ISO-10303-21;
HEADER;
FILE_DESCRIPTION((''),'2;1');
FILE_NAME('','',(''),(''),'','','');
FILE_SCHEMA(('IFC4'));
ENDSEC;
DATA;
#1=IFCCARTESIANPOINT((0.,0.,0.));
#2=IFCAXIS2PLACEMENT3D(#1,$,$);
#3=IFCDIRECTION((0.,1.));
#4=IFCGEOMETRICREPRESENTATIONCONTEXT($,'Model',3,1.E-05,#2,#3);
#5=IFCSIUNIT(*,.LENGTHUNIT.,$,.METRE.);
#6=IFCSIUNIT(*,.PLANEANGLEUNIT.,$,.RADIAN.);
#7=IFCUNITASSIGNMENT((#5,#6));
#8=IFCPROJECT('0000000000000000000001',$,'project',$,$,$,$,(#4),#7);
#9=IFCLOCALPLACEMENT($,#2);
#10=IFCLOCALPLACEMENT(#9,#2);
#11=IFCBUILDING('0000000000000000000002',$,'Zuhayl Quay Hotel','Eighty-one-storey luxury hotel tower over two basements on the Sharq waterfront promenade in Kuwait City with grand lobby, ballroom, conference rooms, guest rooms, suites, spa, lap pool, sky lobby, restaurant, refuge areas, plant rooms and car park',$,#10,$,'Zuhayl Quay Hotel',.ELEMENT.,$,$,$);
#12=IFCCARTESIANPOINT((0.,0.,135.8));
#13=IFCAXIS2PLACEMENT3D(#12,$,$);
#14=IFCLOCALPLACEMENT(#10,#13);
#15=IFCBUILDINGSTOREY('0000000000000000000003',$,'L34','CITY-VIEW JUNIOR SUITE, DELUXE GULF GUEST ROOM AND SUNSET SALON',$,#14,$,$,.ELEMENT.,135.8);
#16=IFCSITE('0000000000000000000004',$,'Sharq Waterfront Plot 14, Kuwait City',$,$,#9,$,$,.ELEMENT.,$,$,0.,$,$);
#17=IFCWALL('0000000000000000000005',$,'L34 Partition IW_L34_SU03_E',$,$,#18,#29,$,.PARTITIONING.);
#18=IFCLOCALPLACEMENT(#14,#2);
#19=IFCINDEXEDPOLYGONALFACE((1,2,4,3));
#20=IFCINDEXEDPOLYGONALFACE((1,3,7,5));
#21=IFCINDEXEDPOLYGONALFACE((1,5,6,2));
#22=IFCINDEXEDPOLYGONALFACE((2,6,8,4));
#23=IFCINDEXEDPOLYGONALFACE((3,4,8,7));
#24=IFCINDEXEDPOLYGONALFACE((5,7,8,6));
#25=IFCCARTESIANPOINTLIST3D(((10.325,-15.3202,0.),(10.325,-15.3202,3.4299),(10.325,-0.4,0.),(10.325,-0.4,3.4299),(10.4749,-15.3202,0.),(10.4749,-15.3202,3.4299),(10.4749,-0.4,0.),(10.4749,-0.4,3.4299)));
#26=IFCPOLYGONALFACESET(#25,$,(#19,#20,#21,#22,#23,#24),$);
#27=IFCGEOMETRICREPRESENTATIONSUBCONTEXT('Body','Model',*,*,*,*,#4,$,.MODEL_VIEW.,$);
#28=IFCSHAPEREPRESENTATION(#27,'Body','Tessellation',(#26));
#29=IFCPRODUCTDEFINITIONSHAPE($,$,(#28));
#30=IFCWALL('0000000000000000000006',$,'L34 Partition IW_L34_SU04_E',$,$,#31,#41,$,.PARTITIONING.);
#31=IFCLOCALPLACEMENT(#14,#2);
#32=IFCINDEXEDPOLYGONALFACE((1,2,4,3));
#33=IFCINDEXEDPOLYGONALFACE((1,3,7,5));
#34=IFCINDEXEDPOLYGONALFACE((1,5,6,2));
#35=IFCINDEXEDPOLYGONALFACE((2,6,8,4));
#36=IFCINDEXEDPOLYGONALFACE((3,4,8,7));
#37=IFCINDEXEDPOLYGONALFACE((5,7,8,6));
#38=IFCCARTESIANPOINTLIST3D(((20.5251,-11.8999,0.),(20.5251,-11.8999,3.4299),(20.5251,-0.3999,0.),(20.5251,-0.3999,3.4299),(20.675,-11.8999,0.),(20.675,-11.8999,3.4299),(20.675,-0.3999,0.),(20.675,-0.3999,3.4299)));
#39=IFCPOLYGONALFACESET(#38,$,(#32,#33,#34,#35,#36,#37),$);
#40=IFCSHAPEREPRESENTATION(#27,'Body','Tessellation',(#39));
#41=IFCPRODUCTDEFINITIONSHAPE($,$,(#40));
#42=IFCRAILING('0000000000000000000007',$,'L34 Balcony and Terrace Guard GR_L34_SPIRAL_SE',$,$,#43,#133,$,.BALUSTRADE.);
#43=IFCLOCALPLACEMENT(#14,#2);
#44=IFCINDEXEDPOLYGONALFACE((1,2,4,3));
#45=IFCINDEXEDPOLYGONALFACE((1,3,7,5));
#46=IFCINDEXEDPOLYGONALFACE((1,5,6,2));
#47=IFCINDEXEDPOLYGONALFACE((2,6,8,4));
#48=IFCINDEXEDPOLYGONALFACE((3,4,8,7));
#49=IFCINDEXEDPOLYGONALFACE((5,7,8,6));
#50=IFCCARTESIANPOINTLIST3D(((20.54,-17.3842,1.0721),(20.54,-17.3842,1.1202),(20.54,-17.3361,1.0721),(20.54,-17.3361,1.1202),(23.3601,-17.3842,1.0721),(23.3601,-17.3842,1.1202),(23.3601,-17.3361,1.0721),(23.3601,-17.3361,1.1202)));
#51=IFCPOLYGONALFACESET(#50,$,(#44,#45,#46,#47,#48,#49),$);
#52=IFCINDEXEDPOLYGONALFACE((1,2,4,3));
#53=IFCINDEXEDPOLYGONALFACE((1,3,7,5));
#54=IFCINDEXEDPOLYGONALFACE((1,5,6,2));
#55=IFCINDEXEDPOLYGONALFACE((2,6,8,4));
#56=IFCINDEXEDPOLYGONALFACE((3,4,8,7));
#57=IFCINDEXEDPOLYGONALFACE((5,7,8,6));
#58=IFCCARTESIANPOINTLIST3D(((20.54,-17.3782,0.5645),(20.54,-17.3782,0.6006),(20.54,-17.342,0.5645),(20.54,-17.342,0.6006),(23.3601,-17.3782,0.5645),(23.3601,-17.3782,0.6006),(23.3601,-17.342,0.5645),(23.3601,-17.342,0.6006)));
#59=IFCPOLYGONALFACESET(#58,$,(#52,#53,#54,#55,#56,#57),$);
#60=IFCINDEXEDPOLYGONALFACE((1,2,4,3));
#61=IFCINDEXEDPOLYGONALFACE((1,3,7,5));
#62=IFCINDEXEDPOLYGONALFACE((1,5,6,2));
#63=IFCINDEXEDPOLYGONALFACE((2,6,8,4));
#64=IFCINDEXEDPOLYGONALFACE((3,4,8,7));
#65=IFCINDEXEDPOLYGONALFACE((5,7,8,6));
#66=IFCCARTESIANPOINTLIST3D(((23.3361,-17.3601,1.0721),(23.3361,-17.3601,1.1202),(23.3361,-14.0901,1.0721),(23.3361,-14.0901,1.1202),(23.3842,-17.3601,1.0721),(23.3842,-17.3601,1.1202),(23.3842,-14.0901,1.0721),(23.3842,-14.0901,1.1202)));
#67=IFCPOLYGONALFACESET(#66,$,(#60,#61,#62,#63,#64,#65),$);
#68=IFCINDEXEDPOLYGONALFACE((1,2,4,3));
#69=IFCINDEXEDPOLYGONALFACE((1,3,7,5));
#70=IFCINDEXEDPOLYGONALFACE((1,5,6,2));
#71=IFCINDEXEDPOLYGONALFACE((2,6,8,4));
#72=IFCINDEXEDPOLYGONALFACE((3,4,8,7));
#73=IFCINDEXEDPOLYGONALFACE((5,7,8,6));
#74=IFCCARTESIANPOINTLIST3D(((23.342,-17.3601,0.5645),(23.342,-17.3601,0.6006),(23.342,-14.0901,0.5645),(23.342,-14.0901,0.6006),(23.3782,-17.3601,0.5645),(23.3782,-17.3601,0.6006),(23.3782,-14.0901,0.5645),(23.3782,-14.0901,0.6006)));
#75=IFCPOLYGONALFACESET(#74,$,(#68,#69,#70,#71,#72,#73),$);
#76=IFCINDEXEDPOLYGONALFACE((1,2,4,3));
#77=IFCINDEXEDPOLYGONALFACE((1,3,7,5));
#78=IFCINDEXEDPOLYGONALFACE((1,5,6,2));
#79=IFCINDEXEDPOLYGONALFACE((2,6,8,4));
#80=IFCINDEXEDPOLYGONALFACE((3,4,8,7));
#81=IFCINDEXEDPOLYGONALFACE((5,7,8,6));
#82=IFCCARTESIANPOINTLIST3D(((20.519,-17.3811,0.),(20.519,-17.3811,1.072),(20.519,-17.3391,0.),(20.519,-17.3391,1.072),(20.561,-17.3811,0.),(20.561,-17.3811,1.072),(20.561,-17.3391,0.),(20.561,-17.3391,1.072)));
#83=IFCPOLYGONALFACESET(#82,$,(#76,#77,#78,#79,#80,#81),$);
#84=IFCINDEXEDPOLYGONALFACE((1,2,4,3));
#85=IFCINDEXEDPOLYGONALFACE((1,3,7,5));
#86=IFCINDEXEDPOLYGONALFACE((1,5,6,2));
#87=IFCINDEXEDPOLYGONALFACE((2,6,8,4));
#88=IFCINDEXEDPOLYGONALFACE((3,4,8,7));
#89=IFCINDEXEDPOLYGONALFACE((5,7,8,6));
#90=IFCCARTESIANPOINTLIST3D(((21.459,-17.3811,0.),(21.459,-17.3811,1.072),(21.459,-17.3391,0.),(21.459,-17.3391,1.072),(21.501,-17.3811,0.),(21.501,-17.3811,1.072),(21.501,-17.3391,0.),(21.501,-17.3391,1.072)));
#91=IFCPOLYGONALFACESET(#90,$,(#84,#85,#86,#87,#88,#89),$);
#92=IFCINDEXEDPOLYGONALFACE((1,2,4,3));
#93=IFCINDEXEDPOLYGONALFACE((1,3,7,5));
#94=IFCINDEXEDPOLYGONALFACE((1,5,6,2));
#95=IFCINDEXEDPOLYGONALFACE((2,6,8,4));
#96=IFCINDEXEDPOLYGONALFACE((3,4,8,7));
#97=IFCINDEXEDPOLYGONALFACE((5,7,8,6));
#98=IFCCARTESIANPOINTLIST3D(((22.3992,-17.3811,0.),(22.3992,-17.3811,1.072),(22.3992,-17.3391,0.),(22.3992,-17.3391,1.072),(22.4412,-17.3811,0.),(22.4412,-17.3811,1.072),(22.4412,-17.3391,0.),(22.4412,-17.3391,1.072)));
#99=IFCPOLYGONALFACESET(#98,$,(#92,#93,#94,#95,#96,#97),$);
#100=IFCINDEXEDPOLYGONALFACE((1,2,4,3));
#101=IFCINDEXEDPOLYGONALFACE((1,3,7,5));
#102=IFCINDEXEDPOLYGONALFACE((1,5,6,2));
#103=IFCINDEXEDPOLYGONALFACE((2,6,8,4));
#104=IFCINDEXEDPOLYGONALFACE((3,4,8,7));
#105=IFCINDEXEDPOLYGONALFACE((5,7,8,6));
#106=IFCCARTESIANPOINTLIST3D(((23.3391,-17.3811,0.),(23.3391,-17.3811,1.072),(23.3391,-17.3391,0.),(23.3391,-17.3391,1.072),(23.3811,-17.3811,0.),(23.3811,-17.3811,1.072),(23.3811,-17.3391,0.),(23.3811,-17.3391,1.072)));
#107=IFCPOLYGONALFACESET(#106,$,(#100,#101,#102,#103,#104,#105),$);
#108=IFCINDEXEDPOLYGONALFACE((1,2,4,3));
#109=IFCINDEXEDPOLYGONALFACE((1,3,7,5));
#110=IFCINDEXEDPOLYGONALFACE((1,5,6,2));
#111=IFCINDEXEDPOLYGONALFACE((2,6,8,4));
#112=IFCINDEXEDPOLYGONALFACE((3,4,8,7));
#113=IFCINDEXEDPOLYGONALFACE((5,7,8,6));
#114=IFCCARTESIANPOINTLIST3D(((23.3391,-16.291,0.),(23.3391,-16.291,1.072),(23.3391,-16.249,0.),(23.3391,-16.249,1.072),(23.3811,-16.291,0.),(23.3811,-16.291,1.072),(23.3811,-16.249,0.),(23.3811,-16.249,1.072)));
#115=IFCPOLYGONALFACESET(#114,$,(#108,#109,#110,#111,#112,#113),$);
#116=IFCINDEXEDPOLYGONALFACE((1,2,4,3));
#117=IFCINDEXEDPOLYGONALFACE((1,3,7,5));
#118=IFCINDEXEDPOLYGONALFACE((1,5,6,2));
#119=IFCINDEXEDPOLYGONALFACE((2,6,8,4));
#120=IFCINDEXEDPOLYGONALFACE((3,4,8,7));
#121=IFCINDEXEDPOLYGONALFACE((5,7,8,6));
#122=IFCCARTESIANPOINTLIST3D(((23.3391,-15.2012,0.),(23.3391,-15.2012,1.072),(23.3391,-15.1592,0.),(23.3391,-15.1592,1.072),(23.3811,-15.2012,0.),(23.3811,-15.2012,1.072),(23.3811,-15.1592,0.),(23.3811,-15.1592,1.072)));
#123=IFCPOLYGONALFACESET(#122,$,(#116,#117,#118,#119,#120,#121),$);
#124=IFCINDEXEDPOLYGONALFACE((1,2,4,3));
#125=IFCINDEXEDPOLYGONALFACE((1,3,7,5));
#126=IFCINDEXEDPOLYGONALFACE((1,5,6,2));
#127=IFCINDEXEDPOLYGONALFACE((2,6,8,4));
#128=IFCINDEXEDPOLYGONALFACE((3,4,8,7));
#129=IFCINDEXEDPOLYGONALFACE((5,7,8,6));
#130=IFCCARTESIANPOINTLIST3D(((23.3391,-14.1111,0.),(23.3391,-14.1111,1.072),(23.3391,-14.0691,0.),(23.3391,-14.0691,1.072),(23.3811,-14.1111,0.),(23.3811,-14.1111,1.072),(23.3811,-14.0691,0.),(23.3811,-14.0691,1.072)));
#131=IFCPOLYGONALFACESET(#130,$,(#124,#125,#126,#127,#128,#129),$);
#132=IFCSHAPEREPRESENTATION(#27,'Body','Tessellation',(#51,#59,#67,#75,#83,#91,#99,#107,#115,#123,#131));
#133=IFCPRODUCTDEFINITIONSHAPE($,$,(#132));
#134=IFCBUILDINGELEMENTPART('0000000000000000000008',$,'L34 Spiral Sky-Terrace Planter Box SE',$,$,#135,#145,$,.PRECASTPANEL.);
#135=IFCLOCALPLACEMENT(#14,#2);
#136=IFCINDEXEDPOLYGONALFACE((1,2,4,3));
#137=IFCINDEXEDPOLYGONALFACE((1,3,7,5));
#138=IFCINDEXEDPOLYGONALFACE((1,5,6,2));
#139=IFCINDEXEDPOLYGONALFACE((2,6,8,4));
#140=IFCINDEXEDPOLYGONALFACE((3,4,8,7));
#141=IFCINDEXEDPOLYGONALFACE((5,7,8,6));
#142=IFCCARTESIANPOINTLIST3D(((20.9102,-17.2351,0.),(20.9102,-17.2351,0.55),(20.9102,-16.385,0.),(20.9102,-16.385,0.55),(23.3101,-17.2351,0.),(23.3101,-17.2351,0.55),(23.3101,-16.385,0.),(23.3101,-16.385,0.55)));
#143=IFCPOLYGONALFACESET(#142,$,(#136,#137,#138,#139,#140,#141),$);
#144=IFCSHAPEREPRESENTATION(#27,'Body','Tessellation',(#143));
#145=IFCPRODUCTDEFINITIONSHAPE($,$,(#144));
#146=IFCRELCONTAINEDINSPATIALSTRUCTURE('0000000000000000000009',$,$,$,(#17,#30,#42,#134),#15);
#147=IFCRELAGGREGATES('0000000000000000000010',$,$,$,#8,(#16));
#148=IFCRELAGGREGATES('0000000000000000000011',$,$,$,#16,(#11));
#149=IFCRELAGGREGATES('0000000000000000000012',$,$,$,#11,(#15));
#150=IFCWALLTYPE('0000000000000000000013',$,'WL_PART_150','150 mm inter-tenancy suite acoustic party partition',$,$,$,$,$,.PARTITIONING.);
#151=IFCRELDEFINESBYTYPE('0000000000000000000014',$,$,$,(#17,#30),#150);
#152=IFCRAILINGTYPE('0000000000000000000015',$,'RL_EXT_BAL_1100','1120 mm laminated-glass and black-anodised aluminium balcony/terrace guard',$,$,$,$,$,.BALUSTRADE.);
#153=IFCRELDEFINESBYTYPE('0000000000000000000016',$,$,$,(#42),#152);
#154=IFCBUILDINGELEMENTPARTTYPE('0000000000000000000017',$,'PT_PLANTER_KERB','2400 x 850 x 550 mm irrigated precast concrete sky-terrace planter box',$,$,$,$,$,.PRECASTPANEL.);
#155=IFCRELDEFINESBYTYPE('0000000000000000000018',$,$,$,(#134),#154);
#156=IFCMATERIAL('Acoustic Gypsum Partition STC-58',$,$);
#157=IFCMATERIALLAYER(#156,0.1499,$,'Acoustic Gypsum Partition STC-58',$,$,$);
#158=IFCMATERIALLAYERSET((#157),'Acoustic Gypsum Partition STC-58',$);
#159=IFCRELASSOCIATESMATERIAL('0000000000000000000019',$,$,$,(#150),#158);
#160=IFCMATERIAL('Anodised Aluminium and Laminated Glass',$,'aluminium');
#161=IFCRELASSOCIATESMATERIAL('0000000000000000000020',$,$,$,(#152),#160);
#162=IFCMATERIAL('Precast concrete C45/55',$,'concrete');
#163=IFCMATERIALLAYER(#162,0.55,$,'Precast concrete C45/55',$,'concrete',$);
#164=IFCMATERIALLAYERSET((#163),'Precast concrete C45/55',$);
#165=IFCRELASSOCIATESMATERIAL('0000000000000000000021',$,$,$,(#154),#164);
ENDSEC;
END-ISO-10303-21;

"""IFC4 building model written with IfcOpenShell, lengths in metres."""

from ifc_helpers import new_model, si_unit, direction, frame, frame_2d, origin, origin_2d, place, context, subcontext, project, spatial, rectangle, extrude, material, layer, layer_set, type_object, element, save


model = new_model("IFC4")

# Units and contexts
model_context = context("Model", 3, precision=1e-05, world=origin(), true_north=direction((0.0, 1.0)))
body_context = subcontext(model_context, "Body", "Model", "MODEL_VIEW")
ifc_project = project(units=[si_unit("LENGTHUNIT", "METRE"), si_unit("PLANEANGLEUNIT", "RADIAN")], contexts=[model_context])

# Site, building, storey
site_placement = place(None, origin())
site = spatial("IfcSite", under=ifc_project, at=site_placement, Name="Sharq Waterfront Plot 14, Kuwait City", CompositionType="ELEMENT", RefElevation=0.0)
building_placement = place(site_placement, origin())
building = spatial("IfcBuilding", under=site, at=building_placement, Name="Zuhayl Quay Hotel", Description="Eighty-one-storey luxury hotel tower over two basements on the Sharq waterfront promenade in Kuwait City with grand lobby, ballroom, conference rooms, guest rooms, suites, spa, lap pool, sky lobby, restaurant, refuge areas, plant rooms and car park", LongName="Zuhayl Quay Hotel", CompositionType="ELEMENT")
storey_placement = place(building_placement, frame((0.0, 0.0, 135.8)))
storey = spatial("IfcBuildingStorey", under=building, at=storey_placement, Name="L34", Description="CITY-VIEW JUNIOR SUITE, DELUXE GULF GUEST ROOM AND SUNSET SALON", CompositionType="ELEMENT", Elevation=135.8)

# Shared definitions
ifc_material_1 = material(Name="Precast concrete C45/55", Category="concrete")

# Walls
ifc_material_2 = material(Name="Acoustic Gypsum Partition STC-58")
ifc_layer_1 = layer(ifc_material_2, 0.1499, Name="Acoustic Gypsum Partition STC-58")
ifc_layer_set_1 = layer_set([ifc_layer_1], Name="Acoustic Gypsum Partition STC-58")
wall_type_1 = type_object("IfcWallType", Name="WL_PART_150", Description="150 mm inter-tenancy suite acoustic party partition", PredefinedType="PARTITIONING", material=ifc_layer_set_1)
wall_1_placement = place(storey_placement, frame((10.3999, -15.3201, 0.0), z_axis=(0.0, 0.0, 1.0), x_axis=(0.0, 1.0, 0.0)))
element("IfcWall", 1, at=wall_1_placement, inside=storey, type_object=wall_type_1, Name="L34 Partition IW_L34_SU03_E", PredefinedType="PARTITIONING", context=body_context, shape_type="SweptSolid", body=[
    extrude(rectangle(XDim=14.9202, YDim=0.1499, at=frame_2d((7.46, 0.0))), origin(), (0.0, 0.0, 1.0), 3.4299),
])
wall_2_placement = place(storey_placement, frame((20.6001, -11.8999, 0.0), z_axis=(0.0, 0.0, 1.0), x_axis=(0.0, 1.0, 0.0)))
element("IfcWall", 2, at=wall_2_placement, inside=storey, type_object=wall_type_1, Name="L34 Partition IW_L34_SU04_E", PredefinedType="PARTITIONING", context=body_context, shape_type="SweptSolid", body=[
    extrude(rectangle(XDim=11.5, YDim=0.1499, at=frame_2d((5.75, 0.0))), origin(), (0.0, 0.0, 1.0), 3.4299),
])

# Railing
ifc_material_3 = material(Name="Anodised Aluminium and Laminated Glass", Category="aluminium")
railing_type = type_object("IfcRailingType", Name="RL_EXT_BAL_1100", Description="1120 mm laminated-glass and black-anodised aluminium balcony/terrace guard", PredefinedType="BALUSTRADE", material=ifc_material_3)
railing_placement = place(storey_placement, frame((20.54, -17.3601, 0.0)))
element("IfcRailing", 3, at=railing_placement, inside=storey, type_object=railing_type, Name="L34 Balcony and Terrace Guard GR_L34_SPIRAL_SE", PredefinedType="BALUSTRADE", context=body_context, shape_type="SweptSolid", body=[
    extrude(rectangle(XDim=0.0481, YDim=0.0481, at=origin_2d()), frame((0.0, 0.0, 1.0962), z_axis=(1.0, 0.0, 0.0), x_axis=(0.0, 1.0, 0.0)), (0.0, 0.0, 1.0), 2.8201),
    extrude(rectangle(XDim=0.0361, YDim=0.0361, at=origin_2d()), frame((0.0, 0.0, 0.5825), z_axis=(1.0, 0.0, 0.0), x_axis=(0.0, 1.0, 0.0)), (0.0, 0.0, 1.0), 2.8201),
    extrude(rectangle(XDim=0.0481, YDim=0.0481, at=origin_2d()), frame((2.8201, 0.0, 1.0962), z_axis=(0.0, 1.0, 0.0), x_axis=(-1.0, 0.0, 0.0)), (0.0, 0.0, 1.0), 3.27),
    extrude(rectangle(XDim=0.0361, YDim=0.0361, at=origin_2d()), frame((2.8201, 0.0, 0.5825), z_axis=(0.0, 1.0, 0.0), x_axis=(-1.0, 0.0, 0.0)), (0.0, 0.0, 1.0), 3.27),
    extrude(rectangle(XDim=0.042, YDim=0.042, at=origin_2d()), origin(), (0.0, 0.0, 1.0), 1.072),
    extrude(rectangle(XDim=0.042, YDim=0.042, at=origin_2d()), frame((0.9399, 0.0, 0.0)), (0.0, 0.0, 1.0), 1.072),
    extrude(rectangle(XDim=0.042, YDim=0.042, at=origin_2d()), frame((1.8801, 0.0, 0.0)), (0.0, 0.0, 1.0), 1.072),
    extrude(rectangle(XDim=0.042, YDim=0.042, at=origin_2d()), frame((2.8201, 0.0, 0.0)), (0.0, 0.0, 1.0), 1.072),
    extrude(rectangle(XDim=0.042, YDim=0.042, at=origin_2d()), frame((2.8201, 1.0901, 0.0)), (0.0, 0.0, 1.0), 1.072),
    extrude(rectangle(XDim=0.042, YDim=0.042, at=origin_2d()), frame((2.8201, 2.1799, 0.0)), (0.0, 0.0, 1.0), 1.072),
    extrude(rectangle(XDim=0.042, YDim=0.042, at=origin_2d()), frame((2.8201, 3.27, 0.0)), (0.0, 0.0, 1.0), 1.072),
])

# Building element part
ifc_layer_2 = layer(ifc_material_1, 0.55, Name="Precast concrete C45/55", Category="concrete")
ifc_layer_set_2 = layer_set([ifc_layer_2], Name="Precast concrete C45/55")
building_element_part_type = type_object("IfcBuildingElementPartType", Name="PT_PLANTER_KERB", Description="2400 x 850 x 550 mm irrigated precast concrete sky-terrace planter box", PredefinedType="PRECASTPANEL", material=ifc_layer_set_2)
building_element_part_placement = place(storey_placement, frame((22.1101, -16.8101, 0.0), z_axis=(0.0, 0.0, 1.0), x_axis=(1.0, 0.0, 0.0)))
element("IfcBuildingElementPart", 4, at=building_element_part_placement, inside=storey, type_object=building_element_part_type, Name="L34 Spiral Sky-Terrace Planter Box SE", PredefinedType="PRECASTPANEL", context=body_context, shape_type="SweptSolid", body=[
    extrude(rectangle(XDim=2.3999, YDim=0.8501, at=origin_2d()), origin(), (0.0, 0.0, 1.0), 0.55),
])

save(model, "model.ifc")
